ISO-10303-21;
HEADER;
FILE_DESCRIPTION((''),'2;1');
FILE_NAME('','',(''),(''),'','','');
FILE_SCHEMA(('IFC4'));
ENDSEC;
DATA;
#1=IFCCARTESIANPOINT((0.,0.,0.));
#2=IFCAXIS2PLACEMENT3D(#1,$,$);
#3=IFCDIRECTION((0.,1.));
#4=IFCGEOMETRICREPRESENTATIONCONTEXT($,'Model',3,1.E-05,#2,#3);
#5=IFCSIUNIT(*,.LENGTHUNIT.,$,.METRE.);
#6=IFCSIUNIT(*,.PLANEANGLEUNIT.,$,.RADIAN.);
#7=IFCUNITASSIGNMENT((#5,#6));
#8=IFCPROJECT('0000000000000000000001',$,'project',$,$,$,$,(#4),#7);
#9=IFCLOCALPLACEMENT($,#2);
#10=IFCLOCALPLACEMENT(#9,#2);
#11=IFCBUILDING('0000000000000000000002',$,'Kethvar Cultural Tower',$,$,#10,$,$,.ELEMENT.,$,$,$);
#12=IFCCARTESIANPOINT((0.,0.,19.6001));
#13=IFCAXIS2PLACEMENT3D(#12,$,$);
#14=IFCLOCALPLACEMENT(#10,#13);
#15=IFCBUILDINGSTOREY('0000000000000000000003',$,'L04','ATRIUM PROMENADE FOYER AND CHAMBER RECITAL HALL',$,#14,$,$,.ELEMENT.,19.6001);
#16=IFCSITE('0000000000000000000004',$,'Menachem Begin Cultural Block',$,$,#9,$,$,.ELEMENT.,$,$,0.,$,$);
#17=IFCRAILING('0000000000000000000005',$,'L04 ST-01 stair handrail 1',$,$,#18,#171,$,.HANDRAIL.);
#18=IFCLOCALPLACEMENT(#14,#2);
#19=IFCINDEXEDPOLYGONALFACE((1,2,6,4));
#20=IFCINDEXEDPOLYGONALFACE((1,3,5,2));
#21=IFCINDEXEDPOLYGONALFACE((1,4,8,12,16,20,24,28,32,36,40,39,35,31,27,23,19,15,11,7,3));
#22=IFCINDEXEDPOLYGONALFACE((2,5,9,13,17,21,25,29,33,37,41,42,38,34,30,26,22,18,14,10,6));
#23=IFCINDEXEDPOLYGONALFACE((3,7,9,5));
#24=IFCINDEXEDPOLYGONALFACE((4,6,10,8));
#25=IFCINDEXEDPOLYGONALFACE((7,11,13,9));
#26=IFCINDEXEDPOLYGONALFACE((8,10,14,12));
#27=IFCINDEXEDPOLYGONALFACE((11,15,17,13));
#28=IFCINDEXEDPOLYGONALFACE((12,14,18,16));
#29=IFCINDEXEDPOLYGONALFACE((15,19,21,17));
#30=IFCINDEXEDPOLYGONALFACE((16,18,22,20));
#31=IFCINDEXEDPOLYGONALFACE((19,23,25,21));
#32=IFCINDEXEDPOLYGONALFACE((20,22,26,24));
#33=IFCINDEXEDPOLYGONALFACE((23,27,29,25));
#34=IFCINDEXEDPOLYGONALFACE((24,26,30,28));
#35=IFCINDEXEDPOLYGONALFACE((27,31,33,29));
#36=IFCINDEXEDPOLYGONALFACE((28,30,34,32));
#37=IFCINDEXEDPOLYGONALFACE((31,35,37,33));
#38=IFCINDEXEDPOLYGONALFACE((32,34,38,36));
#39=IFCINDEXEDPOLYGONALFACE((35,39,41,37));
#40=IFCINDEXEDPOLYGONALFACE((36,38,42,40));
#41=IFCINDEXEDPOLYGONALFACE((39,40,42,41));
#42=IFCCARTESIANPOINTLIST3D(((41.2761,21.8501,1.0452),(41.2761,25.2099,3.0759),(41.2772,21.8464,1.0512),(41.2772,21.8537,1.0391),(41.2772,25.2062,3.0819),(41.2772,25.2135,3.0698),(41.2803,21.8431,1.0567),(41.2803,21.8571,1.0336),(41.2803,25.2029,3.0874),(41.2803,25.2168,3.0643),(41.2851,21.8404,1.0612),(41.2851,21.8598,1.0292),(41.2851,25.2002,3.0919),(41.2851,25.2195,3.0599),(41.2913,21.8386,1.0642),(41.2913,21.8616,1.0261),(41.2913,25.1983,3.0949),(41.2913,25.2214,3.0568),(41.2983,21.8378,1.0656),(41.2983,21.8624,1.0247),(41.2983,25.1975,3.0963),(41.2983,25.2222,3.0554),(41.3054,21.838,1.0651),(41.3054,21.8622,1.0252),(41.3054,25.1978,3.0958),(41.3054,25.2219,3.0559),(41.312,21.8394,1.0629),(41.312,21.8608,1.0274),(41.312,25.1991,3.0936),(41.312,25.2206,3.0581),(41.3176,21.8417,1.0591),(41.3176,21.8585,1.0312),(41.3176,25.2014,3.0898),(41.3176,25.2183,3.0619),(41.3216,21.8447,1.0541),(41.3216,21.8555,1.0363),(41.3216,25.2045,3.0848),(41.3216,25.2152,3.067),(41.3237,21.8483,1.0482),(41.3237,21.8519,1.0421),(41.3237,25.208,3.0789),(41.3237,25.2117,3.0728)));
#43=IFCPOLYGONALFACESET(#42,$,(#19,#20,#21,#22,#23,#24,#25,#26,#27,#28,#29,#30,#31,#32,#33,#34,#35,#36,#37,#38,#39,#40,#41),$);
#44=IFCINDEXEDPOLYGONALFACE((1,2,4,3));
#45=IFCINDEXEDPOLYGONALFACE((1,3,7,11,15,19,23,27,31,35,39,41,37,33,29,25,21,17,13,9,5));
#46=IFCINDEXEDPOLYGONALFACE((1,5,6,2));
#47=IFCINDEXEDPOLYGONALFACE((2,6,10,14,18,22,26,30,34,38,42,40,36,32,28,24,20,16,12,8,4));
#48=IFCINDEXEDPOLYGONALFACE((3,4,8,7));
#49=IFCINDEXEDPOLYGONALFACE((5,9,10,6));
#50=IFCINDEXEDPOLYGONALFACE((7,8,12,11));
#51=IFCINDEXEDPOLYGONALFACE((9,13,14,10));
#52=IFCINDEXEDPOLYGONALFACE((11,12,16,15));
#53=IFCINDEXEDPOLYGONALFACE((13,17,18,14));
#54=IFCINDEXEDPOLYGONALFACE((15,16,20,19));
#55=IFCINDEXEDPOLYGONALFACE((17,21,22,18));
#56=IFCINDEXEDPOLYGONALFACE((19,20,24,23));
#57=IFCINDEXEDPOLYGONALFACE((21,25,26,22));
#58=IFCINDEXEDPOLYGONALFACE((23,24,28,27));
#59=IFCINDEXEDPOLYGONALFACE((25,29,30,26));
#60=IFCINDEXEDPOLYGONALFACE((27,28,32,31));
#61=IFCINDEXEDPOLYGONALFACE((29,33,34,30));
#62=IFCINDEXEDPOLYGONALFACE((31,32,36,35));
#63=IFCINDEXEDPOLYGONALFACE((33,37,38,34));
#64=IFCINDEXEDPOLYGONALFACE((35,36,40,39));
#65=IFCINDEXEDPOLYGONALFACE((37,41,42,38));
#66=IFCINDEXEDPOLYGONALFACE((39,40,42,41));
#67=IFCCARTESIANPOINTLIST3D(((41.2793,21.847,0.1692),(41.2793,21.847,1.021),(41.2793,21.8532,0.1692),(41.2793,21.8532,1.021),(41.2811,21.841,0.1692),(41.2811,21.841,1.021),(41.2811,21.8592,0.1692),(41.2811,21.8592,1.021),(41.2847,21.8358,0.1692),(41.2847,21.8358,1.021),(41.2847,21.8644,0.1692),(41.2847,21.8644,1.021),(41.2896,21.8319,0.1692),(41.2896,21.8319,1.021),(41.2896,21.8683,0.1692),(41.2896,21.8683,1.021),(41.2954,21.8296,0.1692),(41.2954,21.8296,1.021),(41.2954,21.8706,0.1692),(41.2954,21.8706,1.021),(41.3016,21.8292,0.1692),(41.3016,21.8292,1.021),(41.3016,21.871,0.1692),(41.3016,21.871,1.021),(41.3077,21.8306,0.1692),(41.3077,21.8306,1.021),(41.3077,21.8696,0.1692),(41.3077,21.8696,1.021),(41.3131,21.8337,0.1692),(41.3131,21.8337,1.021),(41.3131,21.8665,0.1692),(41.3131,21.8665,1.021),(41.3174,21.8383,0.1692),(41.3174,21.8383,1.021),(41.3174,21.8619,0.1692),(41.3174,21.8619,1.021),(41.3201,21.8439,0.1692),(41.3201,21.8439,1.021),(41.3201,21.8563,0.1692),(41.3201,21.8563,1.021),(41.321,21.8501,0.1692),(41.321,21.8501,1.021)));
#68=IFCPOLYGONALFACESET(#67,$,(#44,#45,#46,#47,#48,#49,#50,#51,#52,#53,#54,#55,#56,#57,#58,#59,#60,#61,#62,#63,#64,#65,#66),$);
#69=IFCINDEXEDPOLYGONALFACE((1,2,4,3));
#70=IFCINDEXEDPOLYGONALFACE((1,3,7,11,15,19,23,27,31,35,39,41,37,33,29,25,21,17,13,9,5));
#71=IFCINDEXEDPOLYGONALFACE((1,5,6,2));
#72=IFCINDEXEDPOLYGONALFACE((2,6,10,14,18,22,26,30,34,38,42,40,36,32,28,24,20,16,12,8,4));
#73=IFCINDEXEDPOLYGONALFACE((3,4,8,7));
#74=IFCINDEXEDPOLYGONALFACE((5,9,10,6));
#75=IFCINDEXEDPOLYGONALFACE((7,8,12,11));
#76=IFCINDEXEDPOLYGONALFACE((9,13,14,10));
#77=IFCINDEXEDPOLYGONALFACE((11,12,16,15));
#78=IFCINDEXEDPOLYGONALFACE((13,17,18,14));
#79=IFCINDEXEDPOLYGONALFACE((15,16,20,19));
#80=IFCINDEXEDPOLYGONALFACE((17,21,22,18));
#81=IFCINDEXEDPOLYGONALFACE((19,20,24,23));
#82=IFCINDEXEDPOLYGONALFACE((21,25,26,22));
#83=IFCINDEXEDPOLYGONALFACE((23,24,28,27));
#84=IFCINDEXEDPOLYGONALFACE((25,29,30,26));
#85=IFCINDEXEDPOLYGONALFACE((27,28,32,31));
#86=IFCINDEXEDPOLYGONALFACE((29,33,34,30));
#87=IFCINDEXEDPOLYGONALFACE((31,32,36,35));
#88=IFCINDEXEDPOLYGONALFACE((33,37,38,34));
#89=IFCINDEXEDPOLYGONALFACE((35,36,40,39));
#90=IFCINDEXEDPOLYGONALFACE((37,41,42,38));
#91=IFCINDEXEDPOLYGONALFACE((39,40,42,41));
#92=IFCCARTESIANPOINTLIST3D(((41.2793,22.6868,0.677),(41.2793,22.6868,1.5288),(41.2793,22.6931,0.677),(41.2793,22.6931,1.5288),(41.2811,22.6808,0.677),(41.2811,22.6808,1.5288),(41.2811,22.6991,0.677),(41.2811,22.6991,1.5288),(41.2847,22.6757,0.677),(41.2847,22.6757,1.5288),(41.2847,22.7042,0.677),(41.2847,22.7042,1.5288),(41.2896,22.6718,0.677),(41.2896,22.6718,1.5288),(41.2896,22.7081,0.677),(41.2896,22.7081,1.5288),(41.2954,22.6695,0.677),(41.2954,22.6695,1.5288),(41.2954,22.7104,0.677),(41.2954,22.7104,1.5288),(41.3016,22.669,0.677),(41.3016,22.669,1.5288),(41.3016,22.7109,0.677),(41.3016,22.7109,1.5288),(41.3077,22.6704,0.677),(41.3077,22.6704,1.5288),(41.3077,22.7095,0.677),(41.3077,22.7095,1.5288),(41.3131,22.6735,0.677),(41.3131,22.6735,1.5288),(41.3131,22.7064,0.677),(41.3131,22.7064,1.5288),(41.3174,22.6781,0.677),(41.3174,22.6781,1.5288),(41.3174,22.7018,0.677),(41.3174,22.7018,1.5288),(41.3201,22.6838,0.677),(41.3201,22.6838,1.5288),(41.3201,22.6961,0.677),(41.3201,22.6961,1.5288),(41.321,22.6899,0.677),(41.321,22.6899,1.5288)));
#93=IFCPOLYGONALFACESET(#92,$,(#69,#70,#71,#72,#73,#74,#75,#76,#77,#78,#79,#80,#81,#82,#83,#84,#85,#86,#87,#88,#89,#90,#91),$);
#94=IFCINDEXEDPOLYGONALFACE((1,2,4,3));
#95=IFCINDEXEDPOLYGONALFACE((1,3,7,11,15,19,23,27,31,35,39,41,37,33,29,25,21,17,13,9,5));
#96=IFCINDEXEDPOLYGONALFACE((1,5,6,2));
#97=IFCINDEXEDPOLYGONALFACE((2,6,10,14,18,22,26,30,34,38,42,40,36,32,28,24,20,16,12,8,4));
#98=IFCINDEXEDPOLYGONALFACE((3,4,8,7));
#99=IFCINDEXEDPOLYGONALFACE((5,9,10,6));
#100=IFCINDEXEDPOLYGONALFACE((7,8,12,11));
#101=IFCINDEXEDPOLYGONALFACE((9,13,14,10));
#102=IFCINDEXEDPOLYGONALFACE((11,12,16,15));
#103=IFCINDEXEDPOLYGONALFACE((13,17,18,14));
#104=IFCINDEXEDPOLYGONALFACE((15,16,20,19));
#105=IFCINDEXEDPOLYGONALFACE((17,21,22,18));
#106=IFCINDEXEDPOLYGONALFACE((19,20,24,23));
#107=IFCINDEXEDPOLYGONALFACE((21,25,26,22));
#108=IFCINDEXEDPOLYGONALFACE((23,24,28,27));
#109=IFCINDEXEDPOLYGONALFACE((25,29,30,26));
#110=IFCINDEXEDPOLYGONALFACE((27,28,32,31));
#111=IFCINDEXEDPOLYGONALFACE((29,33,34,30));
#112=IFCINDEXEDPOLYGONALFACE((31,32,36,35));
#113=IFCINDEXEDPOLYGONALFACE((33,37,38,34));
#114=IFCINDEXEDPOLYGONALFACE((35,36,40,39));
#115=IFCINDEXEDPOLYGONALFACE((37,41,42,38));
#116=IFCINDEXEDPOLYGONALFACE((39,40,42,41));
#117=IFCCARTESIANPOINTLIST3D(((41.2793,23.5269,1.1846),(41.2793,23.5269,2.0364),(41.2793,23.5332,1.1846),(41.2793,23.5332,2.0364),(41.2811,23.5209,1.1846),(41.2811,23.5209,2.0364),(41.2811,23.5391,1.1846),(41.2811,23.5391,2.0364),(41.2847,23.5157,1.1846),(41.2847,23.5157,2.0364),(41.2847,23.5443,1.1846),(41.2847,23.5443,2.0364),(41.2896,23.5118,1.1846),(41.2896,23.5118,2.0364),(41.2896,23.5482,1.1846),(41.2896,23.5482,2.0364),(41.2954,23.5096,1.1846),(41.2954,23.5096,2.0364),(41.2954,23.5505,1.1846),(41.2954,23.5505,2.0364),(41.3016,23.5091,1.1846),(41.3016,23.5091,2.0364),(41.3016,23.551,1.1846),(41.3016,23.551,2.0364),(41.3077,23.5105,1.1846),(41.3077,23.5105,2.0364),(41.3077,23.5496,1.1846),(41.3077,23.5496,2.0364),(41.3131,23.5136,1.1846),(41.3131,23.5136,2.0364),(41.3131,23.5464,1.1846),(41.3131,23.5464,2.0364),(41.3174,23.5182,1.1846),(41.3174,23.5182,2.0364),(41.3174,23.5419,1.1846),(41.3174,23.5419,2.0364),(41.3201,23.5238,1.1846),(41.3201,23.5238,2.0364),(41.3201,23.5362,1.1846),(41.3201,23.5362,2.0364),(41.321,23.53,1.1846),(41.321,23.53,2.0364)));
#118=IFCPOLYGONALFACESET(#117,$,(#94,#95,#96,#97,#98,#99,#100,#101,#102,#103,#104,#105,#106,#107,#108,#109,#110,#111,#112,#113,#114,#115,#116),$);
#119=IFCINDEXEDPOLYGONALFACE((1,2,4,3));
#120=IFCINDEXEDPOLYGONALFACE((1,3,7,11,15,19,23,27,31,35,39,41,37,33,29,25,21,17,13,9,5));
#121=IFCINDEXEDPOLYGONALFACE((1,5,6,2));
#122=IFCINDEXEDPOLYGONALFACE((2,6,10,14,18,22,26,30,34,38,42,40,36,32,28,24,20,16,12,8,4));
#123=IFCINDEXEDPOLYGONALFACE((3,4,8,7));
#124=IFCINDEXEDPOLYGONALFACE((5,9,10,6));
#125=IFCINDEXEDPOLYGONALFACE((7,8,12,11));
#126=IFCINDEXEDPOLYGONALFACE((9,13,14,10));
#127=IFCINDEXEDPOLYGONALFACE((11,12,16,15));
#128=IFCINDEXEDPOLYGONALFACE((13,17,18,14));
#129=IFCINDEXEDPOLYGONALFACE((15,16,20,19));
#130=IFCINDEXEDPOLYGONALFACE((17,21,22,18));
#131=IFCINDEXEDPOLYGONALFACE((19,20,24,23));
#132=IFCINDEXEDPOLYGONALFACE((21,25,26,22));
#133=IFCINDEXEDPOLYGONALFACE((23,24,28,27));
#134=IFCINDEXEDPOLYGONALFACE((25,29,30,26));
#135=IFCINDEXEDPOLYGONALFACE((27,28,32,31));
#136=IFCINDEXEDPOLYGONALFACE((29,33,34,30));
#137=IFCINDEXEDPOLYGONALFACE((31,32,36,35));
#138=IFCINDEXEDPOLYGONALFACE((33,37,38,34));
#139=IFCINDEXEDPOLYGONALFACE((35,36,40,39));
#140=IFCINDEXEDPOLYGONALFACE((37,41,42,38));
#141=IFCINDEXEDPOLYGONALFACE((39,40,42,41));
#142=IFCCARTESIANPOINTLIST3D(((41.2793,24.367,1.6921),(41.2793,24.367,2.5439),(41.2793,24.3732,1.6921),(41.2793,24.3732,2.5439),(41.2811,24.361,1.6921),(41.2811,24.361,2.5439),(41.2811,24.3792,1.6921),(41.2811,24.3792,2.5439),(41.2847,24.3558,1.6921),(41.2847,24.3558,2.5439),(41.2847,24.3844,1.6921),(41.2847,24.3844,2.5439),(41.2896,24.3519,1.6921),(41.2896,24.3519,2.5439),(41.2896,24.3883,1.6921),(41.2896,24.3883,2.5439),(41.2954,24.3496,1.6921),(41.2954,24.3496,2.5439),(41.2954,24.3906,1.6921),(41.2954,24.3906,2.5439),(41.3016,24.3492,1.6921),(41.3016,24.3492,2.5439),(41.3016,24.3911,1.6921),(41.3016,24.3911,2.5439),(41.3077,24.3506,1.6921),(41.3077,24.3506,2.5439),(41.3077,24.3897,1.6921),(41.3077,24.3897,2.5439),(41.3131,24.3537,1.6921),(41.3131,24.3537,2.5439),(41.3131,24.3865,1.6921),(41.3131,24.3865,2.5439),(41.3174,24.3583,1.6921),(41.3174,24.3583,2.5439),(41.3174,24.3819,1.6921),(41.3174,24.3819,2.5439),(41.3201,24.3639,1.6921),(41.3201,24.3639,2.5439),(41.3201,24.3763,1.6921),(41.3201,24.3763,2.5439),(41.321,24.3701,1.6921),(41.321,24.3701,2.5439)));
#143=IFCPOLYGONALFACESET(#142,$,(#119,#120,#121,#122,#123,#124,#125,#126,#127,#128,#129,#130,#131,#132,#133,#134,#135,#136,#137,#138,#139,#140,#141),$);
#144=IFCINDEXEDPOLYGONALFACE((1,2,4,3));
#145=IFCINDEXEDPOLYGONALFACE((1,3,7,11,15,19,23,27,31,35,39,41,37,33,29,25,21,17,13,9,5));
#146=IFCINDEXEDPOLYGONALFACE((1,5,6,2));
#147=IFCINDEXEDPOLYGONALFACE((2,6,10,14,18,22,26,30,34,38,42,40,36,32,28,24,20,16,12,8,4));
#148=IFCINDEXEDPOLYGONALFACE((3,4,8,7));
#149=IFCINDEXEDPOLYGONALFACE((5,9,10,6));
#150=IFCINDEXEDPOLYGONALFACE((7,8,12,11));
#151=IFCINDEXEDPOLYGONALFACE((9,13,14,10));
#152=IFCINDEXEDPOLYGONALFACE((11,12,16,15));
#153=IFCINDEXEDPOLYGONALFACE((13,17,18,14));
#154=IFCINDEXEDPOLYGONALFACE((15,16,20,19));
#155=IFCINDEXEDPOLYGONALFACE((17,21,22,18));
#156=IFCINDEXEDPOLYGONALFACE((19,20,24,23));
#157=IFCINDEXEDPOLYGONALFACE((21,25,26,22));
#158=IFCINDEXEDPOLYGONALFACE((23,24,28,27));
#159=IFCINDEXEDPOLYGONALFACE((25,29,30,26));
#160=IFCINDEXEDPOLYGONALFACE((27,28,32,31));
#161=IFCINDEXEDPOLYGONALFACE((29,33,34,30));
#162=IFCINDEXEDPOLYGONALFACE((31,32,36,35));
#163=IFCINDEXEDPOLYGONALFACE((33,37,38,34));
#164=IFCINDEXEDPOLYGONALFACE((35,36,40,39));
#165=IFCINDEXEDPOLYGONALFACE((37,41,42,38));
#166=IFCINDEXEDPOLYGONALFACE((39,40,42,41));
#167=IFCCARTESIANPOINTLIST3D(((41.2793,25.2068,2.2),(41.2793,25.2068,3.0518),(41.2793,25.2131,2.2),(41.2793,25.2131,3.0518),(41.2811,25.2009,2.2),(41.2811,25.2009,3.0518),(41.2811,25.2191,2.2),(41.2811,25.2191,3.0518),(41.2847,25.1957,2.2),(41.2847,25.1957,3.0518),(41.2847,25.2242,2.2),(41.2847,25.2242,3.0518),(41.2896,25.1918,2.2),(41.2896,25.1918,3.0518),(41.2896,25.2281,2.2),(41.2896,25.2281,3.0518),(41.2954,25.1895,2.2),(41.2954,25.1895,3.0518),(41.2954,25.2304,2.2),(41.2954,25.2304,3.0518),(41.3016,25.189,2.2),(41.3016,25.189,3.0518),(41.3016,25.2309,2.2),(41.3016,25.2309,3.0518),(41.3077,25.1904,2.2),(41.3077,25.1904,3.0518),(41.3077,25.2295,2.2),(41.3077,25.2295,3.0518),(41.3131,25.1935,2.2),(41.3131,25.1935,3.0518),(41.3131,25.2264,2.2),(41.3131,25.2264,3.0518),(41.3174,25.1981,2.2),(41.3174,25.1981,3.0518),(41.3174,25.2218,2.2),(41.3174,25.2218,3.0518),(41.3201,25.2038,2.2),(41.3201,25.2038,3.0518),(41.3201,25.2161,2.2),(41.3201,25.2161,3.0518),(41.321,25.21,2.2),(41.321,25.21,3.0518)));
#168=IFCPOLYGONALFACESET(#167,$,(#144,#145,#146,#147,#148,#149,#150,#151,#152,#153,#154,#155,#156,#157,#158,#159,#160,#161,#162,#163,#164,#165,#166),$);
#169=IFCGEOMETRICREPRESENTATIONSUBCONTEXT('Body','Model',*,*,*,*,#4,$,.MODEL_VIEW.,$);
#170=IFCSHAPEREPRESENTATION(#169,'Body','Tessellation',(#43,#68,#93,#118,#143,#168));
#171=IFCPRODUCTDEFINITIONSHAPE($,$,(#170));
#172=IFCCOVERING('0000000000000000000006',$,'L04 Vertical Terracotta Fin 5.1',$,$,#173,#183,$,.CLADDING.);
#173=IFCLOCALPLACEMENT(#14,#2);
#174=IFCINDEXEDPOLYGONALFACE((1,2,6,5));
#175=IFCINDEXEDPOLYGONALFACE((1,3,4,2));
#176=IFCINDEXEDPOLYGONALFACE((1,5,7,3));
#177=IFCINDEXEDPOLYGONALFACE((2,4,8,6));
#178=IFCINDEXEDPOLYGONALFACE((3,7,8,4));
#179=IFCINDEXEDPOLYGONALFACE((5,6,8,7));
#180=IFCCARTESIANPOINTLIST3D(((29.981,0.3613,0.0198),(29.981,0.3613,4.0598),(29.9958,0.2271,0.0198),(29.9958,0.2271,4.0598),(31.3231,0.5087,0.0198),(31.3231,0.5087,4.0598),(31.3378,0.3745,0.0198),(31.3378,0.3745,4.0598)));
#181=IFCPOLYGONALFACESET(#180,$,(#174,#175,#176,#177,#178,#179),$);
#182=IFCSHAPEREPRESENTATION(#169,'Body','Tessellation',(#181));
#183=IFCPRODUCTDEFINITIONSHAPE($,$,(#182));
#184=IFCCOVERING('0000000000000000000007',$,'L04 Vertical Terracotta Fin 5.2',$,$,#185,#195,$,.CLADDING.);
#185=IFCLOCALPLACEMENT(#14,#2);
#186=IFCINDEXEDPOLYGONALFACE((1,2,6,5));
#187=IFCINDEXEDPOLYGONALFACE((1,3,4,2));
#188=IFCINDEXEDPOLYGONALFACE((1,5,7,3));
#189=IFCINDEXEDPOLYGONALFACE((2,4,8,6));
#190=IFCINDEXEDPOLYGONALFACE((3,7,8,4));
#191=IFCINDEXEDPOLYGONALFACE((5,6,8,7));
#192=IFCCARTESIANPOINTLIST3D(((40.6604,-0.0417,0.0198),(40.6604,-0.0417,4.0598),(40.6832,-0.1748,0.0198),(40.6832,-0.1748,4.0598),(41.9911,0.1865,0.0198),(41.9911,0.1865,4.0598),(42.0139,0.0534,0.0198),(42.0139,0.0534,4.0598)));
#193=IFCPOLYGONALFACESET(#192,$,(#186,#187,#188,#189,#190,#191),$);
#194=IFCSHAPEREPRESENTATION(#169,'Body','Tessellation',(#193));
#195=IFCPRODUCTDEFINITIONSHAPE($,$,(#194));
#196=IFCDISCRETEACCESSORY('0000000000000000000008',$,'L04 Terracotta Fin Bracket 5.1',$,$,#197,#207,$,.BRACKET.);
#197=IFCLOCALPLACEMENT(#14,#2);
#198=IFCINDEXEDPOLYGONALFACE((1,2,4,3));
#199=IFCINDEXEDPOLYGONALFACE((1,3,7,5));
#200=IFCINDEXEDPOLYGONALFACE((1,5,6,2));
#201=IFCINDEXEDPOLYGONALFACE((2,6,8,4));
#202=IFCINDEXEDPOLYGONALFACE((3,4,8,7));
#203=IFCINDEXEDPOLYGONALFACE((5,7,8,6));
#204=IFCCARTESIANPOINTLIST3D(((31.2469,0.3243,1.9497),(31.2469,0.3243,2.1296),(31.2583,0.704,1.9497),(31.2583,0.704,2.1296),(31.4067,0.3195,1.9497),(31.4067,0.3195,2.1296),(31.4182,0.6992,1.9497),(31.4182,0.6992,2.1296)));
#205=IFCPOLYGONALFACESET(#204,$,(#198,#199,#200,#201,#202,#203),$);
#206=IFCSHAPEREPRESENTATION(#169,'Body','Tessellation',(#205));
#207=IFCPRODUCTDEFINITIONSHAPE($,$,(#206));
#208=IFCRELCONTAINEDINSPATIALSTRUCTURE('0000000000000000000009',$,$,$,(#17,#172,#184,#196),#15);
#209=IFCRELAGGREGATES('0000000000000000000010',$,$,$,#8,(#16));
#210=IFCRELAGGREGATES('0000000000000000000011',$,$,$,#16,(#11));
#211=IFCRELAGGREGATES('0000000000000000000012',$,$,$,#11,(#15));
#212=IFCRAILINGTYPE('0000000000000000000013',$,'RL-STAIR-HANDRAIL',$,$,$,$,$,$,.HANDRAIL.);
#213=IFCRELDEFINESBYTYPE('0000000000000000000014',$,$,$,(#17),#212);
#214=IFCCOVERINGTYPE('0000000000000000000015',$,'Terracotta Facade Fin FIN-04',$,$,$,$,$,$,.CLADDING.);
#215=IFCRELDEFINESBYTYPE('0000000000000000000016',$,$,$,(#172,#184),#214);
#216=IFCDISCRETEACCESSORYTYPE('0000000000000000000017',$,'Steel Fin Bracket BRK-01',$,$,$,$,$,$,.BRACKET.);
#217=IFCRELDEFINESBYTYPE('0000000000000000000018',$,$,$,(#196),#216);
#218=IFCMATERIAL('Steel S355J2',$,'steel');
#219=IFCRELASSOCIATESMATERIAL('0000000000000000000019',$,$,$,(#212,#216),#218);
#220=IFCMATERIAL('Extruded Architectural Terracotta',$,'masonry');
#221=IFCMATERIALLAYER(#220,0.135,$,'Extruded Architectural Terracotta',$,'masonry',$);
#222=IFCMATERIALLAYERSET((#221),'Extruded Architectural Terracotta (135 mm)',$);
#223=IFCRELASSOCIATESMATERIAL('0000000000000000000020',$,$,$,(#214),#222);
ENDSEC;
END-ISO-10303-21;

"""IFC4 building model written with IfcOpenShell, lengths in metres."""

from ifc_helpers import new_model, si_unit, direction, frame, origin, origin_2d, place, context, subcontext, project, spatial, rectangle, circle, extrude, source, transform, mapped, material, layer, layer_set, type_object, element, save


model = new_model("IFC4")

# Units and contexts
model_context = context("Model", 3, precision=1e-05, world=origin(), true_north=direction((0.0, 1.0)))
body_context = subcontext(model_context, "Body", "Model", "MODEL_VIEW")
ifc_project = project(units=[si_unit("LENGTHUNIT", "METRE"), si_unit("PLANEANGLEUNIT", "RADIAN")], contexts=[model_context])

# Site, building, storey
site_placement = place(None, origin())
site = spatial("IfcSite", under=ifc_project, at=site_placement, Name="Menachem Begin Cultural Block", CompositionType="ELEMENT", RefElevation=0.0)
building_placement = place(site_placement, origin())
building = spatial("IfcBuilding", under=site, at=building_placement, Name="Kethvar Cultural Tower", CompositionType="ELEMENT")
storey_placement = place(building_placement, frame((0.0, 0.0, 19.6001)))
storey = spatial("IfcBuildingStorey", under=building, at=storey_placement, Name="L04", Description="ATRIUM PROMENADE FOYER AND CHAMBER RECITAL HALL", CompositionType="ELEMENT", Elevation=19.6001)

# Shared definitions
ifc_material_1 = material(Name="Steel S355J2", Category="steel")

# Railing
railing_type_1 = type_object("IfcRailingType", Name="RL-STAIR-HANDRAIL", PredefinedType="HANDRAIL", material=ifc_material_1)
railing_1_placement = place(storey_placement, frame((41.3, 21.8501, 0.1692)))
element("IfcRailing", 1, at=railing_1_placement, inside=storey, type_object=railing_type_1, Name="L04 ST-01 stair handrail 1", PredefinedType="HANDRAIL", context=body_context, shape_type="SweptSolid", body=[
    extrude(circle(Radius=0.0239, at=origin_2d()), frame((0.0, 0.0, 0.876), z_axis=(0.0, 0.85582, 0.517273), x_axis=(-1.0, 0.0, 0.0)), (0.0, 0.0, 1.0), 3.9258),
    extrude(circle(Radius=0.021, at=origin_2d()), origin(), (0.0, 0.0, 1.0), 0.8518),
    extrude(circle(Radius=0.021, at=origin_2d()), frame((0.0, 0.8398, 0.5078)), (0.0, 0.0, 1.0), 0.8518),
    extrude(circle(Radius=0.021, at=origin_2d()), frame((0.0, 1.6799, 1.0154)), (0.0, 0.0, 1.0), 0.8518),
    extrude(circle(Radius=0.021, at=origin_2d()), frame((0.0, 2.52, 1.5229)), (0.0, 0.0, 1.0), 0.8518),
    extrude(circle(Radius=0.021, at=origin_2d()), frame((0.0, 3.3599, 2.0308)), (0.0, 0.0, 1.0), 0.8518),
])

# Coverings
ifc_material_2 = material(Name="Extruded Architectural Terracotta", Category="masonry")
ifc_layer_1 = layer(ifc_material_2, 0.135, Name="Extruded Architectural Terracotta", Category="masonry")
ifc_layer_set_1 = layer_set([ifc_layer_1], Name="Extruded Architectural Terracotta (135 mm)")
covering_type = type_object("IfcCoveringType", Name="Terracotta Facade Fin FIN-04", PredefinedType="CLADDING", material=ifc_layer_set_1)
shared_shape_1 = source(origin(), body_context, "Body", "SweptSolid", [
    extrude(rectangle(XDim=1.3501, YDim=0.135, at=origin_2d()), origin(), (0.0, 0.0, 1.0), 4.04),
])
for number, where, z_axis, x_axis, name in (
    (2, (30.6594, 0.3679, 0.0198), (0.0, 0.0, 1.0), (-0.994018, -0.109214, 0.0), "L04 Vertical Terracotta Fin 5.1"),
    (3, (41.3372, 0.0059, 0.0198), (0.0, 0.0, 1.0), (-0.985615, -0.169005, 0.0), "L04 Vertical Terracotta Fin 5.2"),
):
    element("IfcCovering", number, at=place(storey_placement, frame(where, z_axis=z_axis, x_axis=x_axis)), inside=storey, type_object=covering_type, Name=name, PredefinedType="CLADDING", context=body_context, shape_type="MappedRepresentation", body=[
        mapped(shared_shape_1, transform((0.0, 0.0, 0.0), scale=1.0)),
    ])

# Discrete accessory
discrete_accessory_type = type_object("IfcDiscreteAccessoryType", Name="Steel Fin Bracket BRK-01", PredefinedType="BRACKET", material=ifc_material_1)
shared_shape_2 = source(origin(), body_context, "Body", "SweptSolid", [
    extrude(rectangle(XDim=0.3799, YDim=0.1599, at=origin_2d()), origin(), (0.0, 0.0, 1.0), 0.1799),
])
discrete_accessory_placement = place(storey_placement, frame((31.3325, 0.5117, 1.9497), z_axis=(0.0, 0.0, 1.0), x_axis=(-0.03019, -0.999544, 0.0)))
element("IfcDiscreteAccessory", 4, at=discrete_accessory_placement, inside=storey, type_object=discrete_accessory_type, Name="L04 Terracotta Fin Bracket 5.1", PredefinedType="BRACKET", context=body_context, shape_type="MappedRepresentation", body=[
    mapped(shared_shape_2, transform((0.0, 0.0, 0.0), scale=1.0)),
])

save(model, "model.ifc")
